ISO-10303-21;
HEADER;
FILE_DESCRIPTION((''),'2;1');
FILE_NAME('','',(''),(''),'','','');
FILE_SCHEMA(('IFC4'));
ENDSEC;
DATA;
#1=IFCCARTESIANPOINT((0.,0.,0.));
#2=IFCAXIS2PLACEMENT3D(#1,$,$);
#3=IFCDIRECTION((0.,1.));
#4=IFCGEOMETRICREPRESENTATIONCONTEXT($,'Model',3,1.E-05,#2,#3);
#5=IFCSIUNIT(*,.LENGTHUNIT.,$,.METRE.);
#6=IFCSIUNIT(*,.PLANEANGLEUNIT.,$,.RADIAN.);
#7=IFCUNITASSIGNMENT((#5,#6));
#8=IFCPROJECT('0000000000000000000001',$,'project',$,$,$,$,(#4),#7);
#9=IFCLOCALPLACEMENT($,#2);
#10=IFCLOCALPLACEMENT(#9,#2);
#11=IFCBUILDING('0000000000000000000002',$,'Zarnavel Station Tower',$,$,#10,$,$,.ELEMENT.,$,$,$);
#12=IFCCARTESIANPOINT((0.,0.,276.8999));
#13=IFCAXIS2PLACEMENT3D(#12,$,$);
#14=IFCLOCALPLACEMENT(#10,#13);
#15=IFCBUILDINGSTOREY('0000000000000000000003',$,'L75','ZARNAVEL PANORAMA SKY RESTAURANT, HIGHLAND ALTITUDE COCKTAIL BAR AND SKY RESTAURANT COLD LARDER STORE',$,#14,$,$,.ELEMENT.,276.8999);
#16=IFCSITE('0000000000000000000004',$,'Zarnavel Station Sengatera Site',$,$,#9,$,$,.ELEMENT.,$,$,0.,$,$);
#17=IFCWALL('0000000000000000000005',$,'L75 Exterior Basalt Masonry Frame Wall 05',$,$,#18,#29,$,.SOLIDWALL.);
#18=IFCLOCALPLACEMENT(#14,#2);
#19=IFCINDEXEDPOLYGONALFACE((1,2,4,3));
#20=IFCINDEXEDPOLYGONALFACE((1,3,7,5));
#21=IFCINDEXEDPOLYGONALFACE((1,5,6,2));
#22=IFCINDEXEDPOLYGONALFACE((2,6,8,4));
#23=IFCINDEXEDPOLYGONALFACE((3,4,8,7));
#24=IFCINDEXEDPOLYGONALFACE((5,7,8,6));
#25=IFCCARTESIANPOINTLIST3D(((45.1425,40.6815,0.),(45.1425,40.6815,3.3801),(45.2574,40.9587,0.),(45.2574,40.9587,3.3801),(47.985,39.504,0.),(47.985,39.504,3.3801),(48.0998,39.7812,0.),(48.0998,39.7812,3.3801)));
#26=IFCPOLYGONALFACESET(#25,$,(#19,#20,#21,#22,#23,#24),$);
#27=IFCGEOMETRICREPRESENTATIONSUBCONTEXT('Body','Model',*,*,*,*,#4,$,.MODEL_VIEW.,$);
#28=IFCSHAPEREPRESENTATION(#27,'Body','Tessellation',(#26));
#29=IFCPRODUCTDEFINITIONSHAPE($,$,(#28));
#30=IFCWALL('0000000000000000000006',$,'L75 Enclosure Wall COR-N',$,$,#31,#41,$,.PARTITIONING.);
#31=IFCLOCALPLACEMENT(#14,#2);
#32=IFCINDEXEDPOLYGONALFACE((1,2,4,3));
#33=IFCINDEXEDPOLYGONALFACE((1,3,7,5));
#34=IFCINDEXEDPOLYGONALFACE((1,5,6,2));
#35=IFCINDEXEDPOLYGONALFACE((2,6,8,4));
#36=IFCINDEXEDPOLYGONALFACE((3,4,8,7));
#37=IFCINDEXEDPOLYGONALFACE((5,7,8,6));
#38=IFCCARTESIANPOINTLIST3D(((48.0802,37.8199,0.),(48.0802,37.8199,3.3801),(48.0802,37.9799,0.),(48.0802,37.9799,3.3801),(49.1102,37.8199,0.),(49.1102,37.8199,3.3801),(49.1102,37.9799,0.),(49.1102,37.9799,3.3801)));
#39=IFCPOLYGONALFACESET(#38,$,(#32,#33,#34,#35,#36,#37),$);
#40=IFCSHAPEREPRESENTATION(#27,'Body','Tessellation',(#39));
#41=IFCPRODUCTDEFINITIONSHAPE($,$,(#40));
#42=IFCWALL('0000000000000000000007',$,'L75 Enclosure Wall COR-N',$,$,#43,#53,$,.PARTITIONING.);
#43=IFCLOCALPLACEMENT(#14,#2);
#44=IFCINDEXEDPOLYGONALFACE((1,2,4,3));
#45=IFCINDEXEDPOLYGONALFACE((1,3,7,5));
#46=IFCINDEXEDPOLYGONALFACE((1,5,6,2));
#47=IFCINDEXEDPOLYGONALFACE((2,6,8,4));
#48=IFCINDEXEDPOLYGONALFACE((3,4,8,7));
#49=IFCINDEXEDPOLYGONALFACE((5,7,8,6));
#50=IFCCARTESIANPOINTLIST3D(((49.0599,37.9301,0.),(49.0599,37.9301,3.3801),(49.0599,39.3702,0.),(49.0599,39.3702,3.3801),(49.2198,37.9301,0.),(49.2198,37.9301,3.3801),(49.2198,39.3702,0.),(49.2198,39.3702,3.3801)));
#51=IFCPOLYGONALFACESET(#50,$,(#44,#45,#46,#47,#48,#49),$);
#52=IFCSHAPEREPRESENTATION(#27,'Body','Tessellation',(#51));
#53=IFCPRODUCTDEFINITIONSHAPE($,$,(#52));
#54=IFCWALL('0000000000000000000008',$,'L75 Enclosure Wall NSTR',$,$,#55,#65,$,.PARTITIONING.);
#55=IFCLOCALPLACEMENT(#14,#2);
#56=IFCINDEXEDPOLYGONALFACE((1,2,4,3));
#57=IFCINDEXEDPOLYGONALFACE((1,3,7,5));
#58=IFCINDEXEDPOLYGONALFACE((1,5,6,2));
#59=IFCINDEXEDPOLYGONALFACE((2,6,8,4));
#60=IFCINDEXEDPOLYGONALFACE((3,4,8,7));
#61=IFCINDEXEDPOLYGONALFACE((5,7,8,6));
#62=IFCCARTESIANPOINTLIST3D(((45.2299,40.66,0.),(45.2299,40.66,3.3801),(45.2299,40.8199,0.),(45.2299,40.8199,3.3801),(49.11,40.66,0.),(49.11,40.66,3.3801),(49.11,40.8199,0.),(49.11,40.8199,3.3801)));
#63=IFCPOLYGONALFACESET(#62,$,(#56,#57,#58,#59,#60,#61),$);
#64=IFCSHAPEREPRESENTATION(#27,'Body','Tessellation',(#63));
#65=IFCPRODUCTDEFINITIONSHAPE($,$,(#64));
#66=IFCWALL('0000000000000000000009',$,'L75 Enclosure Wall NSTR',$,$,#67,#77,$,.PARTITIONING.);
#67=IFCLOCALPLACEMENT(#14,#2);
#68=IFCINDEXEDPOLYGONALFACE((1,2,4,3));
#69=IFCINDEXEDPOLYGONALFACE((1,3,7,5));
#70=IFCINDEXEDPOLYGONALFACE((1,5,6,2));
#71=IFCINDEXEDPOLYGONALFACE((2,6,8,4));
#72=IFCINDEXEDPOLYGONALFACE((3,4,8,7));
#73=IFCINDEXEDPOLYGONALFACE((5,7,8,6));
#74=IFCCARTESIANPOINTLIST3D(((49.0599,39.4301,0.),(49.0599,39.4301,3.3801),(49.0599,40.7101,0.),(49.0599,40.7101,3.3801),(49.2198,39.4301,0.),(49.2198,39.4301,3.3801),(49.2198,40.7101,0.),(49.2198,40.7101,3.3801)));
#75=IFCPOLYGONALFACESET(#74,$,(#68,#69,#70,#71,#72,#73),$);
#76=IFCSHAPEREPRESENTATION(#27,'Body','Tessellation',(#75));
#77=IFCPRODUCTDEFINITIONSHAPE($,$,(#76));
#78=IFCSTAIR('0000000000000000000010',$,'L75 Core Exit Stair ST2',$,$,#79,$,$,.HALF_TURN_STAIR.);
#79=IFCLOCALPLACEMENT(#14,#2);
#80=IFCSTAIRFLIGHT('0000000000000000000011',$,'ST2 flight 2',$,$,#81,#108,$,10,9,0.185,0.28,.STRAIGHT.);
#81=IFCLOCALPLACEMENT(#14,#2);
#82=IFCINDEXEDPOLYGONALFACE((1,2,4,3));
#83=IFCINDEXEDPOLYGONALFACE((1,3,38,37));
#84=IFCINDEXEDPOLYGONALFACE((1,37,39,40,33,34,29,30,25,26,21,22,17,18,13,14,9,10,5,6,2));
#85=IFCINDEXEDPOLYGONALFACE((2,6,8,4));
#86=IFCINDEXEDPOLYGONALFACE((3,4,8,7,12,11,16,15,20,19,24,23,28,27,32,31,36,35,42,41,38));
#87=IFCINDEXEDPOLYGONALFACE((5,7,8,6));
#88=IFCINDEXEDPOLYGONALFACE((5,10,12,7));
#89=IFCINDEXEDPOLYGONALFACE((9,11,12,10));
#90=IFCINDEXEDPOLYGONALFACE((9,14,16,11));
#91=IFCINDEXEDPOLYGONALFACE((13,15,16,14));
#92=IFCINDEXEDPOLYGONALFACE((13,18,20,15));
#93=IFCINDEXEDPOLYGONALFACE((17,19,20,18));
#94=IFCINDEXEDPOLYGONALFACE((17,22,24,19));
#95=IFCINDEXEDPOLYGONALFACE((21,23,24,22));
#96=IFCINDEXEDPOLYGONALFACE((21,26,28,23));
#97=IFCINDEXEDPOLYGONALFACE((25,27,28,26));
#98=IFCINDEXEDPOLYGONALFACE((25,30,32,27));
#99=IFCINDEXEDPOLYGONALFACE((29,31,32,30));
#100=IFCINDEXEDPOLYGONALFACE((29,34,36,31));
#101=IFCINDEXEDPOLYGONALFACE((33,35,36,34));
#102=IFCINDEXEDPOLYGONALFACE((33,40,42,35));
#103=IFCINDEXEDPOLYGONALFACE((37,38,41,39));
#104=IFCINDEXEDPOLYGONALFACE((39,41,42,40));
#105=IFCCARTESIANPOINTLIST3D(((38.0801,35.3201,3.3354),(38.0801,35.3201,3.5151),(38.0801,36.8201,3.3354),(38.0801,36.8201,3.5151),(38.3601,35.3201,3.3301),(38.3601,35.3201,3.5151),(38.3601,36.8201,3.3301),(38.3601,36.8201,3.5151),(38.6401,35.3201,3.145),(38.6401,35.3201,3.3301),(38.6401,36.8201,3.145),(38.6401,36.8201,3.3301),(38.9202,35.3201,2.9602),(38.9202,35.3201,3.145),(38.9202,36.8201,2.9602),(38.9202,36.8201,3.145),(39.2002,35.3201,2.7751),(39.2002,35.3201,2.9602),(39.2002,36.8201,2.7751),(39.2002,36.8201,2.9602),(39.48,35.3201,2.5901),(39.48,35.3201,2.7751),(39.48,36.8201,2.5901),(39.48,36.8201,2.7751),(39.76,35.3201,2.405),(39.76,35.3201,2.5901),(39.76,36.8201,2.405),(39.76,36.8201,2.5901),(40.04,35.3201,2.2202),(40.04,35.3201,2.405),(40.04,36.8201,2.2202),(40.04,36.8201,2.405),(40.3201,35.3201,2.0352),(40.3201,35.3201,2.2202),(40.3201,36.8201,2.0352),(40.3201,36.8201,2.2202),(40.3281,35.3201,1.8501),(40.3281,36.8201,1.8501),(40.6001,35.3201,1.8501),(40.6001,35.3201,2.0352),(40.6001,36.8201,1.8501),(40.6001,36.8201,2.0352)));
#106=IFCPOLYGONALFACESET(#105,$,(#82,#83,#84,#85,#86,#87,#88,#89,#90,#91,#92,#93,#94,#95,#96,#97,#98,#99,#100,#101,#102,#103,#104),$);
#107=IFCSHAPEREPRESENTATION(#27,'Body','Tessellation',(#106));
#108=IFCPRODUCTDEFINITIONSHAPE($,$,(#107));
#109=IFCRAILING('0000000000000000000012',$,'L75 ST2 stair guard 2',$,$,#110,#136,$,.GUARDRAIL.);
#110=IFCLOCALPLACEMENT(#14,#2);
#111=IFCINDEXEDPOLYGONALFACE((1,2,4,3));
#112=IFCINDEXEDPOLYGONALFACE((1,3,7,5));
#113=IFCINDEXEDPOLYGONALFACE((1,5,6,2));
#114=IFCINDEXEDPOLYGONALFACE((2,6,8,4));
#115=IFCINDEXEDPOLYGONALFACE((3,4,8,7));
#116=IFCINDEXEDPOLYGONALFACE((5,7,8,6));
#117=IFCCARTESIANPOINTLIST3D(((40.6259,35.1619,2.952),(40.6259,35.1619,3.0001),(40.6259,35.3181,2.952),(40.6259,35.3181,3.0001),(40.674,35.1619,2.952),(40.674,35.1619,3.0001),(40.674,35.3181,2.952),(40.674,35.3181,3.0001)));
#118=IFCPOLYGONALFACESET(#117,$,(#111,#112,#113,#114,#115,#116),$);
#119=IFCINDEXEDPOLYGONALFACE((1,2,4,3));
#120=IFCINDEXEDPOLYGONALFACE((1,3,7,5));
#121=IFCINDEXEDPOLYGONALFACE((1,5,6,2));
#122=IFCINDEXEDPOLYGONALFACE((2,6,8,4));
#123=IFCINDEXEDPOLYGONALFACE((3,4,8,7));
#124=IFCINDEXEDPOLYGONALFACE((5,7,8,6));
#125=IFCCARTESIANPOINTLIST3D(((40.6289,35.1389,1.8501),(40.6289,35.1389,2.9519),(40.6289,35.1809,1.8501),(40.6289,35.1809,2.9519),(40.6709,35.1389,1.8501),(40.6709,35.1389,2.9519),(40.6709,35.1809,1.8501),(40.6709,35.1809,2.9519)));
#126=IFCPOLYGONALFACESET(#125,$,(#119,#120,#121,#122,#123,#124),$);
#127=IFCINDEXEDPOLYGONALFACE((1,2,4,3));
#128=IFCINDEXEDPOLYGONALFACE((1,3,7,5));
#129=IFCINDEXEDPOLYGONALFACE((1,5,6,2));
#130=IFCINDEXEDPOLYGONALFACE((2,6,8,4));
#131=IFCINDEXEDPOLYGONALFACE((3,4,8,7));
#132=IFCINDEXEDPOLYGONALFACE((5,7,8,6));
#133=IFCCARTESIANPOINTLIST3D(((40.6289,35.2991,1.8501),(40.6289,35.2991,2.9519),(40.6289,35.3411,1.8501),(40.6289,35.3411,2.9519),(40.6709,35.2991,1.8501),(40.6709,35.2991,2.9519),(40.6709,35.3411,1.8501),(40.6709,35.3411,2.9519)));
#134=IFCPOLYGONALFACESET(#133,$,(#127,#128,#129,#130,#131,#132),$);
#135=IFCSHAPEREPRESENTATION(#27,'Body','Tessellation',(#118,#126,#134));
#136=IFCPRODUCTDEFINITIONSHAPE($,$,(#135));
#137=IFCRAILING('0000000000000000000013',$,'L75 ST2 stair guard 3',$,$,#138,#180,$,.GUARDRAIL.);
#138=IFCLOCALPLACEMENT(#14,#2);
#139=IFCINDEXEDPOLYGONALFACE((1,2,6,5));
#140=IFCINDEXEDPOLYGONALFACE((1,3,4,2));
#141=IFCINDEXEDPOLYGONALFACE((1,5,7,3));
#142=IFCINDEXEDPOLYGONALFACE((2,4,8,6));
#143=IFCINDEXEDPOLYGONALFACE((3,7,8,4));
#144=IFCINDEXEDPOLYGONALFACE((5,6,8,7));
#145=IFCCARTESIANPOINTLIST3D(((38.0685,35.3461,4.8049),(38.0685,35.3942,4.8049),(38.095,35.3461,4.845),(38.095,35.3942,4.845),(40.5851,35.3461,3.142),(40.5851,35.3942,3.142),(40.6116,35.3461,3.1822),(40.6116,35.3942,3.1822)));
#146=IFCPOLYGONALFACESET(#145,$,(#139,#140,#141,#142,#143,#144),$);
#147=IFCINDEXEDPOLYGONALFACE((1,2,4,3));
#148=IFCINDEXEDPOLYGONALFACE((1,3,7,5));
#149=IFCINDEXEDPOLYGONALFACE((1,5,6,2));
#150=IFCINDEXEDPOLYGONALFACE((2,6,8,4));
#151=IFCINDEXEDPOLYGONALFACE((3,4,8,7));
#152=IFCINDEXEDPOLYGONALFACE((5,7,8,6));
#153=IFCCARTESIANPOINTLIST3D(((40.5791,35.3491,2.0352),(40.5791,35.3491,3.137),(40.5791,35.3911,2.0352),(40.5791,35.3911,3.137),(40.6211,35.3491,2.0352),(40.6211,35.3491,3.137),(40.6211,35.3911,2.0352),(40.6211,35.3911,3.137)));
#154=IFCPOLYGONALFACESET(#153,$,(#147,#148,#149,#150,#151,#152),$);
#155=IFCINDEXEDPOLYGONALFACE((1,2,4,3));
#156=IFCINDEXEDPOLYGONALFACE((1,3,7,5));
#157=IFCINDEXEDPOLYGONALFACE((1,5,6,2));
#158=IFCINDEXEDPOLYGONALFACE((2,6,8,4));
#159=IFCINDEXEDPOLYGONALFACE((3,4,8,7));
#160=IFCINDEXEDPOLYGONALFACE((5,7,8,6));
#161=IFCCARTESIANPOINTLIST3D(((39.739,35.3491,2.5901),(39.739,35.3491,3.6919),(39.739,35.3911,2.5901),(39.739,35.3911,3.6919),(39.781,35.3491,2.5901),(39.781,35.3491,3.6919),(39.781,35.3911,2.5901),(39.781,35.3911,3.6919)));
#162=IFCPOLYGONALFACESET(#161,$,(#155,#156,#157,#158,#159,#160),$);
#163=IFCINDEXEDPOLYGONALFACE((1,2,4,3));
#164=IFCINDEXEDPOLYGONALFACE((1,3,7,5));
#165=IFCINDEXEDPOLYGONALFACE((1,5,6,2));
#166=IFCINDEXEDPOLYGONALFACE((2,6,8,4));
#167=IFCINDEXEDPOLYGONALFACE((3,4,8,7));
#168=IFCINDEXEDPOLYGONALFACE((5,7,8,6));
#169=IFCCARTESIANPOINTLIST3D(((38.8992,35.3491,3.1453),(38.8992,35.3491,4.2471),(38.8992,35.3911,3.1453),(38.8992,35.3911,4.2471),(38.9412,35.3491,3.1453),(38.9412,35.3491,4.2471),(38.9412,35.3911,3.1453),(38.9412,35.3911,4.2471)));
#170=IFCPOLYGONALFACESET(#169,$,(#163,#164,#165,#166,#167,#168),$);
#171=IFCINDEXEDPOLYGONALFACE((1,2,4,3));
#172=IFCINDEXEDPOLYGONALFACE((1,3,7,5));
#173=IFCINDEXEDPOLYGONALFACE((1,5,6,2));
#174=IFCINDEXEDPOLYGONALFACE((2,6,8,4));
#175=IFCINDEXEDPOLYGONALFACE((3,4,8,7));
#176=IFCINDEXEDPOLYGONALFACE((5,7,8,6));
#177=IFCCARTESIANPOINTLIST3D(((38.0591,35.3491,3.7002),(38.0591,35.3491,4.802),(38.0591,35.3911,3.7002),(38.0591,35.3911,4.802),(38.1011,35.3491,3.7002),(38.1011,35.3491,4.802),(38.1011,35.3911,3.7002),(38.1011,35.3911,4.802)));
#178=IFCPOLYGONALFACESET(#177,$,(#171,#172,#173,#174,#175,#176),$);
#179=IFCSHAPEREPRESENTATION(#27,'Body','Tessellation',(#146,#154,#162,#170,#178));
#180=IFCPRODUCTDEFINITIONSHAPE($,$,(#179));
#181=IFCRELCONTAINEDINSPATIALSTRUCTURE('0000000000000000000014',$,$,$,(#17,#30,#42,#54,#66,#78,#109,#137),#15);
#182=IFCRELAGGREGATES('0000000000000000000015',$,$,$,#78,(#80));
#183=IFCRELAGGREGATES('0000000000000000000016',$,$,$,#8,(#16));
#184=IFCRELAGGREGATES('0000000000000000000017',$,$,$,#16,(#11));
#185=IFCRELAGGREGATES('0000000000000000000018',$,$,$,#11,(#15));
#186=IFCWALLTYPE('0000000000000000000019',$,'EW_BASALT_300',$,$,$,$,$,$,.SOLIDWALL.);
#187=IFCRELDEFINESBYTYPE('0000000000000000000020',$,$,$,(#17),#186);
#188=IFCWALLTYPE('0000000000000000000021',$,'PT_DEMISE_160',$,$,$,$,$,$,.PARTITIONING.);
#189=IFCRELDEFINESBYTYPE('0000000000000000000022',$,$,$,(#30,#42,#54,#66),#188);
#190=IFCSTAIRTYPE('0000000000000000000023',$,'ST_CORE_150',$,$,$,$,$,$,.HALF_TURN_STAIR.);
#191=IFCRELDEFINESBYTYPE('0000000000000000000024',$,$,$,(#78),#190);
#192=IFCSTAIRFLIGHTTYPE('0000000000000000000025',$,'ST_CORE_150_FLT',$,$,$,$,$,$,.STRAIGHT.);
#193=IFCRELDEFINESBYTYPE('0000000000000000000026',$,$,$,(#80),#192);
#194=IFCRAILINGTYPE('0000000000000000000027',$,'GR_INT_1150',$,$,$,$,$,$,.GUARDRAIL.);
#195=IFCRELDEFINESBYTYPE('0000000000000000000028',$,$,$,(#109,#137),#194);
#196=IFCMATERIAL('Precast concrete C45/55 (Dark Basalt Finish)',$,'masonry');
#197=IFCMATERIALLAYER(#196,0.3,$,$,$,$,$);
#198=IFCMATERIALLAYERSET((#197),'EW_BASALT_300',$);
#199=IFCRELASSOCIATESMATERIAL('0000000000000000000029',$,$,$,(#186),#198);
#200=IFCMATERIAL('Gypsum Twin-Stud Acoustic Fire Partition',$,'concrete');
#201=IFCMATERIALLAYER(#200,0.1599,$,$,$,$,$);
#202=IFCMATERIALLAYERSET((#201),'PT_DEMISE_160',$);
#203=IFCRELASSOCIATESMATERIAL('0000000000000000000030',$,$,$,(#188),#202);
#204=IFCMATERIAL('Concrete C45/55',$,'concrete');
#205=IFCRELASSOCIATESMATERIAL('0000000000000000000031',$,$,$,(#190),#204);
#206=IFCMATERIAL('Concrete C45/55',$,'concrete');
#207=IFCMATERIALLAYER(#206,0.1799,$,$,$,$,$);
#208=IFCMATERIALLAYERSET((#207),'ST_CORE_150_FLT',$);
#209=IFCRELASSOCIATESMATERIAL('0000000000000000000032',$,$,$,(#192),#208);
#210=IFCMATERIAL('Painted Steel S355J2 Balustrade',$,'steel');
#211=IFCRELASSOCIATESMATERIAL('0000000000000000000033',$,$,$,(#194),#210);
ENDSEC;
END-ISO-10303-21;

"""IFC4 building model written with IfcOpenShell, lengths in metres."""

from ifc_helpers import new_model, si_unit, direction, frame, frame_2d, origin, origin_2d, place, context, subcontext, project, spatial, polyline, rectangle, outline, extrude, material, layer, layer_set, type_object, element, aggregate, save


model = new_model("IFC4")

# Units and contexts
model_context = context("Model", 3, precision=1e-05, world=origin(), true_north=direction((0.0, 1.0)))
body_context = subcontext(model_context, "Body", "Model", "MODEL_VIEW")
ifc_project = project(units=[si_unit("LENGTHUNIT", "METRE"), si_unit("PLANEANGLEUNIT", "RADIAN")], contexts=[model_context])

# Site, building, storey
site_placement = place(None, origin())
site = spatial("IfcSite", under=ifc_project, at=site_placement, Name="Zarnavel Station Sengatera Site", CompositionType="ELEMENT", RefElevation=0.0)
building_placement = place(site_placement, origin())
building = spatial("IfcBuilding", under=site, at=building_placement, Name="Zarnavel Station Tower", CompositionType="ELEMENT")
storey_placement = place(building_placement, frame((0.0, 0.0, 276.8999)))
storey = spatial("IfcBuildingStorey", under=building, at=storey_placement, Name="L75", Description="ZARNAVEL PANORAMA SKY RESTAURANT, HIGHLAND ALTITUDE COCKTAIL BAR AND SKY RESTAURANT COLD LARDER STORE", CompositionType="ELEMENT", Elevation=276.8999)

# Shared definitions
ifc_material_1 = material(Name="Precast concrete C45/55 (Dark Basalt Finish)", Category="masonry")
ifc_layer_1 = layer(ifc_material_1, 0.3)
ifc_layer_set_1 = layer_set([ifc_layer_1], Name="EW_BASALT_300")
wall_type_1 = type_object("IfcWallType", Name="EW_BASALT_300", PredefinedType="SOLIDWALL", material=ifc_layer_set_1)

# Walls
for number, where, z_axis, x_axis, name in (
    (1, (45.2, 40.8201, 0.0), (0.0, 0.0, 1.0), (0.923871, -0.382705, 0.0), "L75 Exterior Basalt Masonry Frame Wall 05"),
):
    element("IfcWall", number, at=place(storey_placement, frame(where, z_axis=z_axis, x_axis=x_axis)), inside=storey, type_object=wall_type_1, Name=name, PredefinedType="SOLIDWALL", context=body_context, shape_type="SweptSolid", body=[
        extrude(rectangle(XDim=3.0767, YDim=0.3, at=frame_2d((1.5383, 0.0))), origin(), (0.0, 0.0, 1.0), 3.3801),
    ])
ifc_material_2 = material(Name="Gypsum Twin-Stud Acoustic Fire Partition", Category="concrete")
ifc_layer_2 = layer(ifc_material_2, 0.1599)
ifc_layer_set_2 = layer_set([ifc_layer_2], Name="PT_DEMISE_160")
wall_type_2 = type_object("IfcWallType", Name="PT_DEMISE_160", PredefinedType="PARTITIONING", material=ifc_layer_set_2)
wall_1_placement = place(storey_placement, frame((48.0801, 37.8999, 0.0), z_axis=(0.0, 0.0, 1.0), x_axis=(1.0, 0.0, 0.0)))
element("IfcWall", 2, at=wall_1_placement, inside=storey, type_object=wall_type_2, Name="L75 Enclosure Wall COR-N", PredefinedType="PARTITIONING", context=body_context, shape_type="SweptSolid", body=[
    extrude(rectangle(XDim=1.03, YDim=0.1599, at=frame_2d((0.5151, 0.0))), origin(), (0.0, 0.0, 1.0), 3.3801),
])
wall_2_placement = place(storey_placement, frame((49.1399, 37.9299, 0.0), z_axis=(0.0, 0.0, 1.0), x_axis=(0.0, 1.0, 0.0)))
element("IfcWall", 3, at=wall_2_placement, inside=storey, type_object=wall_type_2, Name="L75 Enclosure Wall COR-N", PredefinedType="PARTITIONING", context=body_context, shape_type="SweptSolid", body=[
    extrude(rectangle(XDim=1.4402, YDim=0.1599, at=frame_2d((0.7202, 0.0))), origin(), (0.0, 0.0, 1.0), 3.3801),
])
wall_3_placement = place(storey_placement, frame((45.23, 40.74, 0.0), z_axis=(0.0, 0.0, 1.0), x_axis=(1.0, 0.0, 0.0)))
element("IfcWall", 4, at=wall_3_placement, inside=storey, type_object=wall_type_2, Name="L75 Enclosure Wall NSTR", PredefinedType="PARTITIONING", context=body_context, shape_type="SweptSolid", body=[
    extrude(rectangle(XDim=3.8801, YDim=0.1599, at=frame_2d((1.9399, 0.0))), origin(), (0.0, 0.0, 1.0), 3.3801),
])
wall_4_placement = place(storey_placement, frame((49.1399, 39.4299, 0.0), z_axis=(0.0, 0.0, 1.0), x_axis=(0.0, 1.0, 0.0)))
element("IfcWall", 5, at=wall_4_placement, inside=storey, type_object=wall_type_2, Name="L75 Enclosure Wall NSTR", PredefinedType="PARTITIONING", context=body_context, shape_type="SweptSolid", body=[
    extrude(rectangle(XDim=1.28, YDim=0.1599, at=frame_2d((0.6401, 0.0))), origin(), (0.0, 0.0, 1.0), 3.3801),
])

# Stair, stair flight
ifc_material_3 = material(Name="Concrete C45/55", Category="concrete")
stair_type = type_object("IfcStairType", Name="ST_CORE_150", PredefinedType="HALF_TURN_STAIR", material=ifc_material_3)
stair_placement = place(storey_placement, origin())
stair = element("IfcStair", 6, at=stair_placement, inside=storey, type_object=stair_type, Name="L75 Core Exit Stair ST2", PredefinedType="HALF_TURN_STAIR")
ifc_material_4 = material(Name="Concrete C45/55", Category="concrete")
ifc_layer_3 = layer(ifc_material_4, 0.1799)
ifc_layer_set_3 = layer_set([ifc_layer_3], Name="ST_CORE_150_FLT")
stair_flight_type = type_object("IfcStairFlightType", Name="ST_CORE_150_FLT", PredefinedType="STRAIGHT", material=ifc_layer_set_3)
stair_flight_placement = place(storey_placement, frame((40.6001, 36.0701, 1.8501), z_axis=(0.0, 0.0, 1.0), x_axis=(-1.0, 0.0, 0.0)))
stair_flight = element("IfcStairFlight", 7, at=stair_flight_placement, type_object=stair_flight_type, Name="ST2 flight 2", NumberOfRisers=10, NumberOfTreads=9, PredefinedType="STRAIGHT", RiserHeight=0.185, TreadLength=0.28, context=body_context, shape_type="SweptSolid", body=[
    extrude(outline(polyline([(0.0, 0.0), (0.0, 0.1851), (0.28, 0.1851), (0.28, 0.3701), (0.5601, 0.3701), (0.5601, 0.5549), (0.8401, 0.5549), (0.8401, 0.74), (1.1201, 0.74), (1.1201, 0.925), (1.3999, 0.925), (1.3999, 1.1101), (1.6799, 1.1101), (1.6799, 1.2949), (1.96, 1.2949), (1.96, 1.48), (2.24, 1.48), (2.24, 1.665), (2.52, 1.665), (2.52, 1.8501), (2.52, 1.4854), (0.272, 0.0), (0.0, 0.0)])), frame((0.0, 0.75, 0.0), z_axis=(0.0, -1.0, 0.0), x_axis=(1.0, 0.0, 0.0)), (0.0, 0.0, 1.0), 1.5),
])
aggregate(stair, [stair_flight])

# Railings
ifc_material_5 = material(Name="Painted Steel S355J2 Balustrade", Category="steel")
railing_type_1 = type_object("IfcRailingType", Name="GR_INT_1150", PredefinedType="GUARDRAIL", material=ifc_material_5)
railing_1_placement = place(storey_placement, frame((40.6499, 35.1599, 1.8501)))
element("IfcRailing", 8, at=railing_1_placement, inside=storey, type_object=railing_type_1, Name="L75 ST2 stair guard 2", PredefinedType="GUARDRAIL", context=body_context, shape_type="SweptSolid", body=[
    extrude(rectangle(XDim=0.0481, YDim=0.0481, at=origin_2d()), frame((0.0, 0.002, 1.126), z_axis=(0.0, 1.0, 0.0), x_axis=(-1.0, 0.0, 0.0)), (0.0, 0.0, 1.0), 0.1562),
    extrude(rectangle(XDim=0.042, YDim=0.042, at=origin_2d()), origin(), (0.0, 0.0, 1.0), 1.1018),
    extrude(rectangle(XDim=0.042, YDim=0.042, at=origin_2d()), frame((0.0, 0.1602, 0.0)), (0.0, 0.0, 1.0), 1.1018),
])
railing_2_placement = place(storey_placement, frame((40.6001, 35.3701, 2.0352)))
element("IfcRailing", 9, at=railing_2_placement, inside=storey, type_object=railing_type_1, Name="L75 ST2 stair guard 3", PredefinedType="GUARDRAIL", context=body_context, shape_type="SweptSolid", body=[
    extrude(rectangle(XDim=0.0481, YDim=0.0481, at=origin_2d()), frame((-0.0017, 0.0, 1.127), z_axis=(-0.834331, 0.0, 0.551263), x_axis=(0.0, -1.0, 0.0)), (0.0, 0.0, 1.0), 3.0164),
    extrude(rectangle(XDim=0.042, YDim=0.042, at=origin_2d()), origin(), (0.0, 0.0, 1.0), 1.1018),
    extrude(rectangle(XDim=0.042, YDim=0.042, at=origin_2d()), frame((-0.8401, 0.0, 0.5549)), (0.0, 0.0, 1.0), 1.1018),
    extrude(rectangle(XDim=0.042, YDim=0.042, at=origin_2d()), frame((-1.6799, 0.0, 1.1101)), (0.0, 0.0, 1.0), 1.1018),
    extrude(rectangle(XDim=0.042, YDim=0.042, at=origin_2d()), frame((-2.52, 0.0, 1.665)), (0.0, 0.0, 1.0), 1.1018),
])

save(model, "model.ifc")
